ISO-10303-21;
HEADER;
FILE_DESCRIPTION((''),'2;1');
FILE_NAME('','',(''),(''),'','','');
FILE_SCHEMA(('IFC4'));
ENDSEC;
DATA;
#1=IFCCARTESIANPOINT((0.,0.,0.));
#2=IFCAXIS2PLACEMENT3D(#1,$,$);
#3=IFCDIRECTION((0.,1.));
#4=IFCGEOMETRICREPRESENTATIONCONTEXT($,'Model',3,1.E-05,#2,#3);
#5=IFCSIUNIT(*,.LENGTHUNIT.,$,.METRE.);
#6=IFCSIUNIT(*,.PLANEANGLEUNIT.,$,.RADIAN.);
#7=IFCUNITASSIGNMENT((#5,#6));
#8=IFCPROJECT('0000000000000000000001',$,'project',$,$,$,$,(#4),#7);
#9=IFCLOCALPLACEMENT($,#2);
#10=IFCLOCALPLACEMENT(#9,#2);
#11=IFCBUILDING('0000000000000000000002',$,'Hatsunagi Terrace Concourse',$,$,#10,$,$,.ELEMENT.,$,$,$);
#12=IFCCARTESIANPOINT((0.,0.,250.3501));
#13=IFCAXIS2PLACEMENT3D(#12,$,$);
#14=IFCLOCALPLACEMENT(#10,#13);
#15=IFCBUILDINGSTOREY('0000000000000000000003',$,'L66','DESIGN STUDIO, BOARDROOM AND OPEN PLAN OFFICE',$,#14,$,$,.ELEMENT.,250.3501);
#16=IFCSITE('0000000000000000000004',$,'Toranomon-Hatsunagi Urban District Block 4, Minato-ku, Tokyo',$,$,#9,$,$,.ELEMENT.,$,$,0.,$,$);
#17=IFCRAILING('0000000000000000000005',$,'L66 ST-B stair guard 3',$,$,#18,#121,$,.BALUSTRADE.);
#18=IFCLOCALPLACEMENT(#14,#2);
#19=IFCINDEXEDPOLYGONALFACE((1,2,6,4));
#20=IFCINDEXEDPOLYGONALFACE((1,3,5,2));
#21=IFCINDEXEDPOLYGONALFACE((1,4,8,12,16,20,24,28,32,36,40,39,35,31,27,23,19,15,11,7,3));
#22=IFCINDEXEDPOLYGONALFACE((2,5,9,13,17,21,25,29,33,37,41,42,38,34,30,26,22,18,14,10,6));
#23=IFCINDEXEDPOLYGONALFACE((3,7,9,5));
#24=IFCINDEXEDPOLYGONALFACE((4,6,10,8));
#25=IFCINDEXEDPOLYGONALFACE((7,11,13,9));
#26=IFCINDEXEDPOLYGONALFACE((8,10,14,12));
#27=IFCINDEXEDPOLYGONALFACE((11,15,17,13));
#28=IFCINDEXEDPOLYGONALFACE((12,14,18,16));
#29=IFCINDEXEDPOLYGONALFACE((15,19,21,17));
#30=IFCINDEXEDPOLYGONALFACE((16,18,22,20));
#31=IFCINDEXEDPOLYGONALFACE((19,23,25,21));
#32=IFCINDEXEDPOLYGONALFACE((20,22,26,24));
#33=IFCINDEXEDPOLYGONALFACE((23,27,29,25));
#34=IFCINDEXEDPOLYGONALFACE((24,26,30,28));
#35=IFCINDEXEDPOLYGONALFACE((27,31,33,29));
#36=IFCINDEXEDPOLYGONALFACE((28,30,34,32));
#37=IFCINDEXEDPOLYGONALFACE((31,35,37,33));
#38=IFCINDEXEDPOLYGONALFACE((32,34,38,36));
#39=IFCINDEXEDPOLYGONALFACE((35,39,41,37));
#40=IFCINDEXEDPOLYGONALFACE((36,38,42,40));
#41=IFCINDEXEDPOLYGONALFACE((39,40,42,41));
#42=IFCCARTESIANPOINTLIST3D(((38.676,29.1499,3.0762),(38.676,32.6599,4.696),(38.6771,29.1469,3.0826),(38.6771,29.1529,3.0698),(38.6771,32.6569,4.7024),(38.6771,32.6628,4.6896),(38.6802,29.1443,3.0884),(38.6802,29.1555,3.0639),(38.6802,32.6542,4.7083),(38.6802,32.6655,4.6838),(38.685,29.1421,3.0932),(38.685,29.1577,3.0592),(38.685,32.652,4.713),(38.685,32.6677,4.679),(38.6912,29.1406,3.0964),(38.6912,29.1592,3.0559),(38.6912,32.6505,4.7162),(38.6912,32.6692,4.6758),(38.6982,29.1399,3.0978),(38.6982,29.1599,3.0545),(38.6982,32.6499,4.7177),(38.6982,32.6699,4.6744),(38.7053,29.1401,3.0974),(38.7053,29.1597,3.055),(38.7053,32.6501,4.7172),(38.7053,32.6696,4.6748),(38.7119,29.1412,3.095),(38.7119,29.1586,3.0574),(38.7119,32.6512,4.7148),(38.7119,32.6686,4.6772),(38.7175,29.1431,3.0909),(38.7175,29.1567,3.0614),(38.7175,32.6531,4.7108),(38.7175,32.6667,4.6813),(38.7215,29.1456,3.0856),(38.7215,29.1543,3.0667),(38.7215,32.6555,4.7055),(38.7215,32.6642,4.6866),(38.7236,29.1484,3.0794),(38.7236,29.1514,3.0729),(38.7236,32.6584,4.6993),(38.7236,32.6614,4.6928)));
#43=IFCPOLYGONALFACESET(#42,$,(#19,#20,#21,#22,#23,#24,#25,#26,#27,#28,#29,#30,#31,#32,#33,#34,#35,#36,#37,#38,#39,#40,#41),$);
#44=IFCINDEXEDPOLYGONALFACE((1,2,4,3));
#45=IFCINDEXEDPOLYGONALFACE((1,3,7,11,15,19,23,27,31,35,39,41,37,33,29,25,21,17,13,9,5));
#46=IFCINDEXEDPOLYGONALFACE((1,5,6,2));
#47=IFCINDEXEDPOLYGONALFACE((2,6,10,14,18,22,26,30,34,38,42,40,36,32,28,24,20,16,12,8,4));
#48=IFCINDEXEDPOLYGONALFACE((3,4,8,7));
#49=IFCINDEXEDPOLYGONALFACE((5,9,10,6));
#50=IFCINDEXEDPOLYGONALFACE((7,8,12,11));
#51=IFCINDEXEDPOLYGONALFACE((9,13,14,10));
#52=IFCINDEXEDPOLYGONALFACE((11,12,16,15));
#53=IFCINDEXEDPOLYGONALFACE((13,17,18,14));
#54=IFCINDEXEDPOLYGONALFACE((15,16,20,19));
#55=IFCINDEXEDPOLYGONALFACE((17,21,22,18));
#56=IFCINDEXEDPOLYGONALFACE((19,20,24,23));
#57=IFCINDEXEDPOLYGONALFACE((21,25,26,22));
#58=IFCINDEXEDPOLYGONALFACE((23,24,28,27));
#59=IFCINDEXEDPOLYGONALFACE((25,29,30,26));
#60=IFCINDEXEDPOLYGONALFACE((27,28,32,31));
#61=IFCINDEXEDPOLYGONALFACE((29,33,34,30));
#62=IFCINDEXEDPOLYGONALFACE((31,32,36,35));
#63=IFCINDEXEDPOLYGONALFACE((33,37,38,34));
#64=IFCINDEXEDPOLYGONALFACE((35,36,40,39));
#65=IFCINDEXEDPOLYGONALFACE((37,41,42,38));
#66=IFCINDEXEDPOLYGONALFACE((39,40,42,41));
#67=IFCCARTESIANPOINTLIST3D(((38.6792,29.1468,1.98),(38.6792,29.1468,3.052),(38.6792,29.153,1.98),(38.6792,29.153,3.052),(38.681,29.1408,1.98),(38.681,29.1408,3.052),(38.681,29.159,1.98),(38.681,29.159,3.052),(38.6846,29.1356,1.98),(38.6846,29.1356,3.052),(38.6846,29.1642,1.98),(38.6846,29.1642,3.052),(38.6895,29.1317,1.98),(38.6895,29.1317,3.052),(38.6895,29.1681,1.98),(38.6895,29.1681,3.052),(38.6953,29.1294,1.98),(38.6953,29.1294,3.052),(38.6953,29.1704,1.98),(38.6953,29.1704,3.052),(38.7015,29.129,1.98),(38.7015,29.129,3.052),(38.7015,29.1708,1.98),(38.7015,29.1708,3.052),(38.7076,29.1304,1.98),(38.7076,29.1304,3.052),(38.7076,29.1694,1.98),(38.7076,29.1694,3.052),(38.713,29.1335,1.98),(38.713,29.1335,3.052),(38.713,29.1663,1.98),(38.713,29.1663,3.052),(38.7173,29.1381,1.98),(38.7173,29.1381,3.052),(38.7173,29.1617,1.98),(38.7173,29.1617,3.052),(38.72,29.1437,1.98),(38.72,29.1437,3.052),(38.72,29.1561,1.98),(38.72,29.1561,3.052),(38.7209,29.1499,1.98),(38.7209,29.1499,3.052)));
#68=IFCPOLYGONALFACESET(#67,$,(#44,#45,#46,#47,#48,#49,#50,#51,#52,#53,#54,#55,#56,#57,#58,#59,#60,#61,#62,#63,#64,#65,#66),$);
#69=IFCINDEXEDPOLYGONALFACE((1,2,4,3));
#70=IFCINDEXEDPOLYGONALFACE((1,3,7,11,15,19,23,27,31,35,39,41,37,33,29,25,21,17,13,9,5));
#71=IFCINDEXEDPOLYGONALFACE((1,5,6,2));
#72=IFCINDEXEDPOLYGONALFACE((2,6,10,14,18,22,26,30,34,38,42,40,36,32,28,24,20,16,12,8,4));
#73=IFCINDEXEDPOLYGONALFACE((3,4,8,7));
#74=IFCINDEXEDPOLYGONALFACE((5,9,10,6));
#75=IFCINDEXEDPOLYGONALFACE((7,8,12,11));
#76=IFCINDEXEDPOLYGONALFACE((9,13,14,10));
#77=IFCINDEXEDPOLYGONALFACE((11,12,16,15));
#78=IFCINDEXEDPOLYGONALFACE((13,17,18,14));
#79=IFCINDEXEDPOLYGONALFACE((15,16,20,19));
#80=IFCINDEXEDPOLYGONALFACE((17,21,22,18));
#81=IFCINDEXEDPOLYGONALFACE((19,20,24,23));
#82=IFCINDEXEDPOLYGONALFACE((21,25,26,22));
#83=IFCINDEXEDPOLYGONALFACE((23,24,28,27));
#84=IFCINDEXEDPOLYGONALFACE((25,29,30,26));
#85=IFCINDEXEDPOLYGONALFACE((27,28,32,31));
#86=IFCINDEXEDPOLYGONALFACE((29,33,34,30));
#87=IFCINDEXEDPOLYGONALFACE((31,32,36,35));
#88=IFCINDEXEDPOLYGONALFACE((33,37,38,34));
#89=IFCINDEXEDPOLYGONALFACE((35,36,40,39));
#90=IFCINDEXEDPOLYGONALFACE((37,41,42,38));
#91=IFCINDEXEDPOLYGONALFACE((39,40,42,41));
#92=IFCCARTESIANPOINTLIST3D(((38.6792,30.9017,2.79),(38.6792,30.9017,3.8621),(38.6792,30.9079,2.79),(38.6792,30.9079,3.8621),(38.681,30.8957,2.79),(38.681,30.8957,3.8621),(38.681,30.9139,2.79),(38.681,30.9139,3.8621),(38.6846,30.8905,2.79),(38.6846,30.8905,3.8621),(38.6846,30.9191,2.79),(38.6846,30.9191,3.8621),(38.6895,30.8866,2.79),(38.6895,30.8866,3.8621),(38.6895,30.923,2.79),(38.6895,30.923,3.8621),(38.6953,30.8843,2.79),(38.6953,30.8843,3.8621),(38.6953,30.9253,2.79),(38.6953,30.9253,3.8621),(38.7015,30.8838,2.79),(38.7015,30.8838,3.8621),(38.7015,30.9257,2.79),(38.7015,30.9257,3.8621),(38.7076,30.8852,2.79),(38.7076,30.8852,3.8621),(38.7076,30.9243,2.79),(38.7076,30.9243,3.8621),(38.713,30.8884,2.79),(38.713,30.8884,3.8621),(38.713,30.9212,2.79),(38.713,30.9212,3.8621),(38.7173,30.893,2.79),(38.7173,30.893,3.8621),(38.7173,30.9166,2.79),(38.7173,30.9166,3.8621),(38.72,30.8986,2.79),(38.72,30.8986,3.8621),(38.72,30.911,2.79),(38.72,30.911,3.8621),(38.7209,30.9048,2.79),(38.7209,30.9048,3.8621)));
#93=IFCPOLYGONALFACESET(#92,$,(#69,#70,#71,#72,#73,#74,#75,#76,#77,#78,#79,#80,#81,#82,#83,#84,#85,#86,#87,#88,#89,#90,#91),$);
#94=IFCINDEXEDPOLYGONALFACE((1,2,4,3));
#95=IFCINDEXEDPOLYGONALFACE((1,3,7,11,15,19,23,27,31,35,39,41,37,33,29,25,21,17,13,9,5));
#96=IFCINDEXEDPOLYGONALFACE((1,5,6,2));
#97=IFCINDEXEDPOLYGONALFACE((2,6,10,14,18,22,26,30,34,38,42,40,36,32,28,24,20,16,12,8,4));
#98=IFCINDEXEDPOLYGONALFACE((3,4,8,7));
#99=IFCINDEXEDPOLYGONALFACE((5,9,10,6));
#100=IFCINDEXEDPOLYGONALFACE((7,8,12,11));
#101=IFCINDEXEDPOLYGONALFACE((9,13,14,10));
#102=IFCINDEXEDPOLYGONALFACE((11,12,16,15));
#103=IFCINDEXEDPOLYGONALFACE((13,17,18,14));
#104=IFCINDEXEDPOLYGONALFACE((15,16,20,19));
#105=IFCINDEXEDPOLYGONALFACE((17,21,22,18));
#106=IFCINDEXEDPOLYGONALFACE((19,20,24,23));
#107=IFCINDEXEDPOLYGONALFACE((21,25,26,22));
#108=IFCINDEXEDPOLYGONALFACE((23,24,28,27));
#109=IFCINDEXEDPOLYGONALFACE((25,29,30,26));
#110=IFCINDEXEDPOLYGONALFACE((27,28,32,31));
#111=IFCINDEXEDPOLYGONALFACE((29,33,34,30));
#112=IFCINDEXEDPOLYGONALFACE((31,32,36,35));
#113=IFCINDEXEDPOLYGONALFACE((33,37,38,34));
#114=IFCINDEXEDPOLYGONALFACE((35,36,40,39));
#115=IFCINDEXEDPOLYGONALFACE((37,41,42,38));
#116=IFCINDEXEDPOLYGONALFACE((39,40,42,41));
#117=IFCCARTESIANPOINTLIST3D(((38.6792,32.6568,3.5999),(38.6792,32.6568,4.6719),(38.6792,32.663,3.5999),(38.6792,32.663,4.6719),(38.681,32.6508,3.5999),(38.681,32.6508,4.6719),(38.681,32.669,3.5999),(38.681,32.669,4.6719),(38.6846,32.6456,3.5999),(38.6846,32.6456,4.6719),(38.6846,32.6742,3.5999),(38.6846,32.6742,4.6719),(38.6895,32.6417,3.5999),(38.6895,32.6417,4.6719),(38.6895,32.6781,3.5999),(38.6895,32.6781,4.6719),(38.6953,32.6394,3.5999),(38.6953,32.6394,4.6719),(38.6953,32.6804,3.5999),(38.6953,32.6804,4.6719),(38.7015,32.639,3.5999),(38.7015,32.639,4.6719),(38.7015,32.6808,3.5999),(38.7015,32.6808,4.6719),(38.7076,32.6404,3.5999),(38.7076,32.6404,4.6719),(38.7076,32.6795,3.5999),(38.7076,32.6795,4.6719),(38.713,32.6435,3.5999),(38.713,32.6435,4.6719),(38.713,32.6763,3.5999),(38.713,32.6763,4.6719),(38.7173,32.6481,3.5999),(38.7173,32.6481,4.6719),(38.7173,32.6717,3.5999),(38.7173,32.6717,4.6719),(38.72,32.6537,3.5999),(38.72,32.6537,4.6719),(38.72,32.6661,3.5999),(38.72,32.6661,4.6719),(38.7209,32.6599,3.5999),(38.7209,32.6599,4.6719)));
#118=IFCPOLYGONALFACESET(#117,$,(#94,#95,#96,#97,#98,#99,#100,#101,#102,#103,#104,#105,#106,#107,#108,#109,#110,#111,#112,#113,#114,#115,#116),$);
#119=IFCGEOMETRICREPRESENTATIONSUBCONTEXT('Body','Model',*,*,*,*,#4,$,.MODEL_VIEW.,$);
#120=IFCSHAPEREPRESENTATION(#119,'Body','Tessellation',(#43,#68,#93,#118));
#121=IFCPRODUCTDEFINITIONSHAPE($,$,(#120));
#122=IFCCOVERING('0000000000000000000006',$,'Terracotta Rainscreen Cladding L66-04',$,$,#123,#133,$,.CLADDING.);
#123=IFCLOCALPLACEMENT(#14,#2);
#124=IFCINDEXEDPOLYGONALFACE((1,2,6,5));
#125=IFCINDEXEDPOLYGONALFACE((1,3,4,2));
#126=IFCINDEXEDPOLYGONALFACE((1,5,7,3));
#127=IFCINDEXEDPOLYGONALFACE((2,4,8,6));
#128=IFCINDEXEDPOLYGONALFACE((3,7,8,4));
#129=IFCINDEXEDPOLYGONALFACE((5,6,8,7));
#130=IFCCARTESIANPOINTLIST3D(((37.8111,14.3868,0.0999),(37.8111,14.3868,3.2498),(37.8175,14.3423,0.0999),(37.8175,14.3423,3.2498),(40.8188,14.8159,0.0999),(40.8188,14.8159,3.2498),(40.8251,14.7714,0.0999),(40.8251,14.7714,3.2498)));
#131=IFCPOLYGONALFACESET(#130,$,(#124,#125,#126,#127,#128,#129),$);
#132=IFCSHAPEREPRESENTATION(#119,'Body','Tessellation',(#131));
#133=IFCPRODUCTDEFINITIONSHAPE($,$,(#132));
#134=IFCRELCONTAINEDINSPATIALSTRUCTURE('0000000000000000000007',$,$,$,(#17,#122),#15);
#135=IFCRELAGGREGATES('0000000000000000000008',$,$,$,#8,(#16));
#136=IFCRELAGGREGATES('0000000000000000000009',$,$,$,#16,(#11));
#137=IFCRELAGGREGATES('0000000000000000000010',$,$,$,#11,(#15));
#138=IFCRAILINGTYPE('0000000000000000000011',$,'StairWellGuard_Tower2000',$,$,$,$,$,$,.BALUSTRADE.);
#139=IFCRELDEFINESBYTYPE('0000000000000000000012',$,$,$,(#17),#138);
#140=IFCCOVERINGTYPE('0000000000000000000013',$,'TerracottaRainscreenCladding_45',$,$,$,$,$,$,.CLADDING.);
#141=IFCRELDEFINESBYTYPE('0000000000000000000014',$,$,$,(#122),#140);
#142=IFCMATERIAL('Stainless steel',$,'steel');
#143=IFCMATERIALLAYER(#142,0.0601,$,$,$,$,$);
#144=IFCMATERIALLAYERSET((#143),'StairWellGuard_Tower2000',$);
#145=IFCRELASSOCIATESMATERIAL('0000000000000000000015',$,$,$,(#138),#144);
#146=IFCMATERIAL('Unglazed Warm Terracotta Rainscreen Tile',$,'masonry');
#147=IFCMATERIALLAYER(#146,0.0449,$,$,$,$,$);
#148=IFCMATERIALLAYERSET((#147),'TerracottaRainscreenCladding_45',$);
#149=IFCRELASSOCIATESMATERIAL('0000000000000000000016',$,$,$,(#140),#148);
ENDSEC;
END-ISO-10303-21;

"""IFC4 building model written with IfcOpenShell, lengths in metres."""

from ifc_helpers import new_model, si_unit, direction, frame, origin, origin_2d, place, context, subcontext, project, spatial, rectangle, circle, extrude, material, layer, layer_set, type_object, element, save


model = new_model("IFC4")

# Units and contexts
model_context = context("Model", 3, precision=1e-05, world=origin(), true_north=direction((0.0, 1.0)))
body_context = subcontext(model_context, "Body", "Model", "MODEL_VIEW")
ifc_project = project(units=[si_unit("LENGTHUNIT", "METRE"), si_unit("PLANEANGLEUNIT", "RADIAN")], contexts=[model_context])

# Site, building, storey
site_placement = place(None, origin())
site = spatial("IfcSite", under=ifc_project, at=site_placement, Name="Toranomon-Hatsunagi Urban District Block 4, Minato-ku, Tokyo", CompositionType="ELEMENT", RefElevation=0.0)
building_placement = place(site_placement, origin())
building = spatial("IfcBuilding", under=site, at=building_placement, Name="Hatsunagi Terrace Concourse", CompositionType="ELEMENT")
storey_placement = place(building_placement, frame((0.0, 0.0, 250.3501)))
storey = spatial("IfcBuildingStorey", under=building, at=storey_placement, Name="L66", Description="DESIGN STUDIO, BOARDROOM AND OPEN PLAN OFFICE", CompositionType="ELEMENT", Elevation=250.3501)

# Railing
ifc_material_1 = material(Name="Stainless steel", Category="steel")
ifc_layer_1 = layer(ifc_material_1, 0.0601)
ifc_layer_set_1 = layer_set([ifc_layer_1], Name="StairWellGuard_Tower2000")
railing_type_1 = type_object("IfcRailingType", Name="StairWellGuard_Tower2000", PredefinedType="BALUSTRADE", material=ifc_layer_set_1)
railing_1_placement = place(storey_placement, frame((38.7, 29.1499, 1.98)))
element("IfcRailing", 1, at=railing_1_placement, inside=storey, type_object=railing_type_1, Name="L66 ST-B stair guard 3", PredefinedType="BALUSTRADE", context=body_context, shape_type="SweptSolid", body=[
    extrude(circle(Radius=0.0239, at=origin_2d()), frame((0.0, 0.0, 1.0962), z_axis=(0.0, 0.907972, 0.41903), x_axis=(-1.0, 0.0, 0.0)), (0.0, 0.0, 1.0), 3.8657),
    extrude(circle(Radius=0.021, at=origin_2d()), origin(), (0.0, 0.0, 1.0), 1.072),
    extrude(circle(Radius=0.021, at=origin_2d()), frame((0.0, 1.7549, 0.8101)), (0.0, 0.0, 1.0), 1.072),
    extrude(circle(Radius=0.021, at=origin_2d()), frame((0.0, 3.51, 1.6199)), (0.0, 0.0, 1.0), 1.072),
])

# Covering
ifc_material_2 = material(Name="Unglazed Warm Terracotta Rainscreen Tile", Category="masonry")
ifc_layer_2 = layer(ifc_material_2, 0.0449)
ifc_layer_set_2 = layer_set([ifc_layer_2], Name="TerracottaRainscreenCladding_45")
covering_type = type_object("IfcCoveringType", Name="TerracottaRainscreenCladding_45", PredefinedType="CLADDING", material=ifc_layer_set_2)
covering_placement = place(storey_placement, frame((39.3181, 14.5791, 0.0999), z_axis=(0.0, 0.0, 1.0), x_axis=(-0.989974, -0.14125, 0.0)))
element("IfcCovering", 2, at=covering_placement, inside=storey, type_object=covering_type, Name="Terracotta Rainscreen Cladding L66-04", PredefinedType="CLADDING", context=body_context, shape_type="SweptSolid", body=[
    extrude(rectangle(XDim=3.0381, YDim=0.0449, at=origin_2d()), origin(), (0.0, 0.0, 1.0), 3.1499),
])

save(model, "model.ifc")
